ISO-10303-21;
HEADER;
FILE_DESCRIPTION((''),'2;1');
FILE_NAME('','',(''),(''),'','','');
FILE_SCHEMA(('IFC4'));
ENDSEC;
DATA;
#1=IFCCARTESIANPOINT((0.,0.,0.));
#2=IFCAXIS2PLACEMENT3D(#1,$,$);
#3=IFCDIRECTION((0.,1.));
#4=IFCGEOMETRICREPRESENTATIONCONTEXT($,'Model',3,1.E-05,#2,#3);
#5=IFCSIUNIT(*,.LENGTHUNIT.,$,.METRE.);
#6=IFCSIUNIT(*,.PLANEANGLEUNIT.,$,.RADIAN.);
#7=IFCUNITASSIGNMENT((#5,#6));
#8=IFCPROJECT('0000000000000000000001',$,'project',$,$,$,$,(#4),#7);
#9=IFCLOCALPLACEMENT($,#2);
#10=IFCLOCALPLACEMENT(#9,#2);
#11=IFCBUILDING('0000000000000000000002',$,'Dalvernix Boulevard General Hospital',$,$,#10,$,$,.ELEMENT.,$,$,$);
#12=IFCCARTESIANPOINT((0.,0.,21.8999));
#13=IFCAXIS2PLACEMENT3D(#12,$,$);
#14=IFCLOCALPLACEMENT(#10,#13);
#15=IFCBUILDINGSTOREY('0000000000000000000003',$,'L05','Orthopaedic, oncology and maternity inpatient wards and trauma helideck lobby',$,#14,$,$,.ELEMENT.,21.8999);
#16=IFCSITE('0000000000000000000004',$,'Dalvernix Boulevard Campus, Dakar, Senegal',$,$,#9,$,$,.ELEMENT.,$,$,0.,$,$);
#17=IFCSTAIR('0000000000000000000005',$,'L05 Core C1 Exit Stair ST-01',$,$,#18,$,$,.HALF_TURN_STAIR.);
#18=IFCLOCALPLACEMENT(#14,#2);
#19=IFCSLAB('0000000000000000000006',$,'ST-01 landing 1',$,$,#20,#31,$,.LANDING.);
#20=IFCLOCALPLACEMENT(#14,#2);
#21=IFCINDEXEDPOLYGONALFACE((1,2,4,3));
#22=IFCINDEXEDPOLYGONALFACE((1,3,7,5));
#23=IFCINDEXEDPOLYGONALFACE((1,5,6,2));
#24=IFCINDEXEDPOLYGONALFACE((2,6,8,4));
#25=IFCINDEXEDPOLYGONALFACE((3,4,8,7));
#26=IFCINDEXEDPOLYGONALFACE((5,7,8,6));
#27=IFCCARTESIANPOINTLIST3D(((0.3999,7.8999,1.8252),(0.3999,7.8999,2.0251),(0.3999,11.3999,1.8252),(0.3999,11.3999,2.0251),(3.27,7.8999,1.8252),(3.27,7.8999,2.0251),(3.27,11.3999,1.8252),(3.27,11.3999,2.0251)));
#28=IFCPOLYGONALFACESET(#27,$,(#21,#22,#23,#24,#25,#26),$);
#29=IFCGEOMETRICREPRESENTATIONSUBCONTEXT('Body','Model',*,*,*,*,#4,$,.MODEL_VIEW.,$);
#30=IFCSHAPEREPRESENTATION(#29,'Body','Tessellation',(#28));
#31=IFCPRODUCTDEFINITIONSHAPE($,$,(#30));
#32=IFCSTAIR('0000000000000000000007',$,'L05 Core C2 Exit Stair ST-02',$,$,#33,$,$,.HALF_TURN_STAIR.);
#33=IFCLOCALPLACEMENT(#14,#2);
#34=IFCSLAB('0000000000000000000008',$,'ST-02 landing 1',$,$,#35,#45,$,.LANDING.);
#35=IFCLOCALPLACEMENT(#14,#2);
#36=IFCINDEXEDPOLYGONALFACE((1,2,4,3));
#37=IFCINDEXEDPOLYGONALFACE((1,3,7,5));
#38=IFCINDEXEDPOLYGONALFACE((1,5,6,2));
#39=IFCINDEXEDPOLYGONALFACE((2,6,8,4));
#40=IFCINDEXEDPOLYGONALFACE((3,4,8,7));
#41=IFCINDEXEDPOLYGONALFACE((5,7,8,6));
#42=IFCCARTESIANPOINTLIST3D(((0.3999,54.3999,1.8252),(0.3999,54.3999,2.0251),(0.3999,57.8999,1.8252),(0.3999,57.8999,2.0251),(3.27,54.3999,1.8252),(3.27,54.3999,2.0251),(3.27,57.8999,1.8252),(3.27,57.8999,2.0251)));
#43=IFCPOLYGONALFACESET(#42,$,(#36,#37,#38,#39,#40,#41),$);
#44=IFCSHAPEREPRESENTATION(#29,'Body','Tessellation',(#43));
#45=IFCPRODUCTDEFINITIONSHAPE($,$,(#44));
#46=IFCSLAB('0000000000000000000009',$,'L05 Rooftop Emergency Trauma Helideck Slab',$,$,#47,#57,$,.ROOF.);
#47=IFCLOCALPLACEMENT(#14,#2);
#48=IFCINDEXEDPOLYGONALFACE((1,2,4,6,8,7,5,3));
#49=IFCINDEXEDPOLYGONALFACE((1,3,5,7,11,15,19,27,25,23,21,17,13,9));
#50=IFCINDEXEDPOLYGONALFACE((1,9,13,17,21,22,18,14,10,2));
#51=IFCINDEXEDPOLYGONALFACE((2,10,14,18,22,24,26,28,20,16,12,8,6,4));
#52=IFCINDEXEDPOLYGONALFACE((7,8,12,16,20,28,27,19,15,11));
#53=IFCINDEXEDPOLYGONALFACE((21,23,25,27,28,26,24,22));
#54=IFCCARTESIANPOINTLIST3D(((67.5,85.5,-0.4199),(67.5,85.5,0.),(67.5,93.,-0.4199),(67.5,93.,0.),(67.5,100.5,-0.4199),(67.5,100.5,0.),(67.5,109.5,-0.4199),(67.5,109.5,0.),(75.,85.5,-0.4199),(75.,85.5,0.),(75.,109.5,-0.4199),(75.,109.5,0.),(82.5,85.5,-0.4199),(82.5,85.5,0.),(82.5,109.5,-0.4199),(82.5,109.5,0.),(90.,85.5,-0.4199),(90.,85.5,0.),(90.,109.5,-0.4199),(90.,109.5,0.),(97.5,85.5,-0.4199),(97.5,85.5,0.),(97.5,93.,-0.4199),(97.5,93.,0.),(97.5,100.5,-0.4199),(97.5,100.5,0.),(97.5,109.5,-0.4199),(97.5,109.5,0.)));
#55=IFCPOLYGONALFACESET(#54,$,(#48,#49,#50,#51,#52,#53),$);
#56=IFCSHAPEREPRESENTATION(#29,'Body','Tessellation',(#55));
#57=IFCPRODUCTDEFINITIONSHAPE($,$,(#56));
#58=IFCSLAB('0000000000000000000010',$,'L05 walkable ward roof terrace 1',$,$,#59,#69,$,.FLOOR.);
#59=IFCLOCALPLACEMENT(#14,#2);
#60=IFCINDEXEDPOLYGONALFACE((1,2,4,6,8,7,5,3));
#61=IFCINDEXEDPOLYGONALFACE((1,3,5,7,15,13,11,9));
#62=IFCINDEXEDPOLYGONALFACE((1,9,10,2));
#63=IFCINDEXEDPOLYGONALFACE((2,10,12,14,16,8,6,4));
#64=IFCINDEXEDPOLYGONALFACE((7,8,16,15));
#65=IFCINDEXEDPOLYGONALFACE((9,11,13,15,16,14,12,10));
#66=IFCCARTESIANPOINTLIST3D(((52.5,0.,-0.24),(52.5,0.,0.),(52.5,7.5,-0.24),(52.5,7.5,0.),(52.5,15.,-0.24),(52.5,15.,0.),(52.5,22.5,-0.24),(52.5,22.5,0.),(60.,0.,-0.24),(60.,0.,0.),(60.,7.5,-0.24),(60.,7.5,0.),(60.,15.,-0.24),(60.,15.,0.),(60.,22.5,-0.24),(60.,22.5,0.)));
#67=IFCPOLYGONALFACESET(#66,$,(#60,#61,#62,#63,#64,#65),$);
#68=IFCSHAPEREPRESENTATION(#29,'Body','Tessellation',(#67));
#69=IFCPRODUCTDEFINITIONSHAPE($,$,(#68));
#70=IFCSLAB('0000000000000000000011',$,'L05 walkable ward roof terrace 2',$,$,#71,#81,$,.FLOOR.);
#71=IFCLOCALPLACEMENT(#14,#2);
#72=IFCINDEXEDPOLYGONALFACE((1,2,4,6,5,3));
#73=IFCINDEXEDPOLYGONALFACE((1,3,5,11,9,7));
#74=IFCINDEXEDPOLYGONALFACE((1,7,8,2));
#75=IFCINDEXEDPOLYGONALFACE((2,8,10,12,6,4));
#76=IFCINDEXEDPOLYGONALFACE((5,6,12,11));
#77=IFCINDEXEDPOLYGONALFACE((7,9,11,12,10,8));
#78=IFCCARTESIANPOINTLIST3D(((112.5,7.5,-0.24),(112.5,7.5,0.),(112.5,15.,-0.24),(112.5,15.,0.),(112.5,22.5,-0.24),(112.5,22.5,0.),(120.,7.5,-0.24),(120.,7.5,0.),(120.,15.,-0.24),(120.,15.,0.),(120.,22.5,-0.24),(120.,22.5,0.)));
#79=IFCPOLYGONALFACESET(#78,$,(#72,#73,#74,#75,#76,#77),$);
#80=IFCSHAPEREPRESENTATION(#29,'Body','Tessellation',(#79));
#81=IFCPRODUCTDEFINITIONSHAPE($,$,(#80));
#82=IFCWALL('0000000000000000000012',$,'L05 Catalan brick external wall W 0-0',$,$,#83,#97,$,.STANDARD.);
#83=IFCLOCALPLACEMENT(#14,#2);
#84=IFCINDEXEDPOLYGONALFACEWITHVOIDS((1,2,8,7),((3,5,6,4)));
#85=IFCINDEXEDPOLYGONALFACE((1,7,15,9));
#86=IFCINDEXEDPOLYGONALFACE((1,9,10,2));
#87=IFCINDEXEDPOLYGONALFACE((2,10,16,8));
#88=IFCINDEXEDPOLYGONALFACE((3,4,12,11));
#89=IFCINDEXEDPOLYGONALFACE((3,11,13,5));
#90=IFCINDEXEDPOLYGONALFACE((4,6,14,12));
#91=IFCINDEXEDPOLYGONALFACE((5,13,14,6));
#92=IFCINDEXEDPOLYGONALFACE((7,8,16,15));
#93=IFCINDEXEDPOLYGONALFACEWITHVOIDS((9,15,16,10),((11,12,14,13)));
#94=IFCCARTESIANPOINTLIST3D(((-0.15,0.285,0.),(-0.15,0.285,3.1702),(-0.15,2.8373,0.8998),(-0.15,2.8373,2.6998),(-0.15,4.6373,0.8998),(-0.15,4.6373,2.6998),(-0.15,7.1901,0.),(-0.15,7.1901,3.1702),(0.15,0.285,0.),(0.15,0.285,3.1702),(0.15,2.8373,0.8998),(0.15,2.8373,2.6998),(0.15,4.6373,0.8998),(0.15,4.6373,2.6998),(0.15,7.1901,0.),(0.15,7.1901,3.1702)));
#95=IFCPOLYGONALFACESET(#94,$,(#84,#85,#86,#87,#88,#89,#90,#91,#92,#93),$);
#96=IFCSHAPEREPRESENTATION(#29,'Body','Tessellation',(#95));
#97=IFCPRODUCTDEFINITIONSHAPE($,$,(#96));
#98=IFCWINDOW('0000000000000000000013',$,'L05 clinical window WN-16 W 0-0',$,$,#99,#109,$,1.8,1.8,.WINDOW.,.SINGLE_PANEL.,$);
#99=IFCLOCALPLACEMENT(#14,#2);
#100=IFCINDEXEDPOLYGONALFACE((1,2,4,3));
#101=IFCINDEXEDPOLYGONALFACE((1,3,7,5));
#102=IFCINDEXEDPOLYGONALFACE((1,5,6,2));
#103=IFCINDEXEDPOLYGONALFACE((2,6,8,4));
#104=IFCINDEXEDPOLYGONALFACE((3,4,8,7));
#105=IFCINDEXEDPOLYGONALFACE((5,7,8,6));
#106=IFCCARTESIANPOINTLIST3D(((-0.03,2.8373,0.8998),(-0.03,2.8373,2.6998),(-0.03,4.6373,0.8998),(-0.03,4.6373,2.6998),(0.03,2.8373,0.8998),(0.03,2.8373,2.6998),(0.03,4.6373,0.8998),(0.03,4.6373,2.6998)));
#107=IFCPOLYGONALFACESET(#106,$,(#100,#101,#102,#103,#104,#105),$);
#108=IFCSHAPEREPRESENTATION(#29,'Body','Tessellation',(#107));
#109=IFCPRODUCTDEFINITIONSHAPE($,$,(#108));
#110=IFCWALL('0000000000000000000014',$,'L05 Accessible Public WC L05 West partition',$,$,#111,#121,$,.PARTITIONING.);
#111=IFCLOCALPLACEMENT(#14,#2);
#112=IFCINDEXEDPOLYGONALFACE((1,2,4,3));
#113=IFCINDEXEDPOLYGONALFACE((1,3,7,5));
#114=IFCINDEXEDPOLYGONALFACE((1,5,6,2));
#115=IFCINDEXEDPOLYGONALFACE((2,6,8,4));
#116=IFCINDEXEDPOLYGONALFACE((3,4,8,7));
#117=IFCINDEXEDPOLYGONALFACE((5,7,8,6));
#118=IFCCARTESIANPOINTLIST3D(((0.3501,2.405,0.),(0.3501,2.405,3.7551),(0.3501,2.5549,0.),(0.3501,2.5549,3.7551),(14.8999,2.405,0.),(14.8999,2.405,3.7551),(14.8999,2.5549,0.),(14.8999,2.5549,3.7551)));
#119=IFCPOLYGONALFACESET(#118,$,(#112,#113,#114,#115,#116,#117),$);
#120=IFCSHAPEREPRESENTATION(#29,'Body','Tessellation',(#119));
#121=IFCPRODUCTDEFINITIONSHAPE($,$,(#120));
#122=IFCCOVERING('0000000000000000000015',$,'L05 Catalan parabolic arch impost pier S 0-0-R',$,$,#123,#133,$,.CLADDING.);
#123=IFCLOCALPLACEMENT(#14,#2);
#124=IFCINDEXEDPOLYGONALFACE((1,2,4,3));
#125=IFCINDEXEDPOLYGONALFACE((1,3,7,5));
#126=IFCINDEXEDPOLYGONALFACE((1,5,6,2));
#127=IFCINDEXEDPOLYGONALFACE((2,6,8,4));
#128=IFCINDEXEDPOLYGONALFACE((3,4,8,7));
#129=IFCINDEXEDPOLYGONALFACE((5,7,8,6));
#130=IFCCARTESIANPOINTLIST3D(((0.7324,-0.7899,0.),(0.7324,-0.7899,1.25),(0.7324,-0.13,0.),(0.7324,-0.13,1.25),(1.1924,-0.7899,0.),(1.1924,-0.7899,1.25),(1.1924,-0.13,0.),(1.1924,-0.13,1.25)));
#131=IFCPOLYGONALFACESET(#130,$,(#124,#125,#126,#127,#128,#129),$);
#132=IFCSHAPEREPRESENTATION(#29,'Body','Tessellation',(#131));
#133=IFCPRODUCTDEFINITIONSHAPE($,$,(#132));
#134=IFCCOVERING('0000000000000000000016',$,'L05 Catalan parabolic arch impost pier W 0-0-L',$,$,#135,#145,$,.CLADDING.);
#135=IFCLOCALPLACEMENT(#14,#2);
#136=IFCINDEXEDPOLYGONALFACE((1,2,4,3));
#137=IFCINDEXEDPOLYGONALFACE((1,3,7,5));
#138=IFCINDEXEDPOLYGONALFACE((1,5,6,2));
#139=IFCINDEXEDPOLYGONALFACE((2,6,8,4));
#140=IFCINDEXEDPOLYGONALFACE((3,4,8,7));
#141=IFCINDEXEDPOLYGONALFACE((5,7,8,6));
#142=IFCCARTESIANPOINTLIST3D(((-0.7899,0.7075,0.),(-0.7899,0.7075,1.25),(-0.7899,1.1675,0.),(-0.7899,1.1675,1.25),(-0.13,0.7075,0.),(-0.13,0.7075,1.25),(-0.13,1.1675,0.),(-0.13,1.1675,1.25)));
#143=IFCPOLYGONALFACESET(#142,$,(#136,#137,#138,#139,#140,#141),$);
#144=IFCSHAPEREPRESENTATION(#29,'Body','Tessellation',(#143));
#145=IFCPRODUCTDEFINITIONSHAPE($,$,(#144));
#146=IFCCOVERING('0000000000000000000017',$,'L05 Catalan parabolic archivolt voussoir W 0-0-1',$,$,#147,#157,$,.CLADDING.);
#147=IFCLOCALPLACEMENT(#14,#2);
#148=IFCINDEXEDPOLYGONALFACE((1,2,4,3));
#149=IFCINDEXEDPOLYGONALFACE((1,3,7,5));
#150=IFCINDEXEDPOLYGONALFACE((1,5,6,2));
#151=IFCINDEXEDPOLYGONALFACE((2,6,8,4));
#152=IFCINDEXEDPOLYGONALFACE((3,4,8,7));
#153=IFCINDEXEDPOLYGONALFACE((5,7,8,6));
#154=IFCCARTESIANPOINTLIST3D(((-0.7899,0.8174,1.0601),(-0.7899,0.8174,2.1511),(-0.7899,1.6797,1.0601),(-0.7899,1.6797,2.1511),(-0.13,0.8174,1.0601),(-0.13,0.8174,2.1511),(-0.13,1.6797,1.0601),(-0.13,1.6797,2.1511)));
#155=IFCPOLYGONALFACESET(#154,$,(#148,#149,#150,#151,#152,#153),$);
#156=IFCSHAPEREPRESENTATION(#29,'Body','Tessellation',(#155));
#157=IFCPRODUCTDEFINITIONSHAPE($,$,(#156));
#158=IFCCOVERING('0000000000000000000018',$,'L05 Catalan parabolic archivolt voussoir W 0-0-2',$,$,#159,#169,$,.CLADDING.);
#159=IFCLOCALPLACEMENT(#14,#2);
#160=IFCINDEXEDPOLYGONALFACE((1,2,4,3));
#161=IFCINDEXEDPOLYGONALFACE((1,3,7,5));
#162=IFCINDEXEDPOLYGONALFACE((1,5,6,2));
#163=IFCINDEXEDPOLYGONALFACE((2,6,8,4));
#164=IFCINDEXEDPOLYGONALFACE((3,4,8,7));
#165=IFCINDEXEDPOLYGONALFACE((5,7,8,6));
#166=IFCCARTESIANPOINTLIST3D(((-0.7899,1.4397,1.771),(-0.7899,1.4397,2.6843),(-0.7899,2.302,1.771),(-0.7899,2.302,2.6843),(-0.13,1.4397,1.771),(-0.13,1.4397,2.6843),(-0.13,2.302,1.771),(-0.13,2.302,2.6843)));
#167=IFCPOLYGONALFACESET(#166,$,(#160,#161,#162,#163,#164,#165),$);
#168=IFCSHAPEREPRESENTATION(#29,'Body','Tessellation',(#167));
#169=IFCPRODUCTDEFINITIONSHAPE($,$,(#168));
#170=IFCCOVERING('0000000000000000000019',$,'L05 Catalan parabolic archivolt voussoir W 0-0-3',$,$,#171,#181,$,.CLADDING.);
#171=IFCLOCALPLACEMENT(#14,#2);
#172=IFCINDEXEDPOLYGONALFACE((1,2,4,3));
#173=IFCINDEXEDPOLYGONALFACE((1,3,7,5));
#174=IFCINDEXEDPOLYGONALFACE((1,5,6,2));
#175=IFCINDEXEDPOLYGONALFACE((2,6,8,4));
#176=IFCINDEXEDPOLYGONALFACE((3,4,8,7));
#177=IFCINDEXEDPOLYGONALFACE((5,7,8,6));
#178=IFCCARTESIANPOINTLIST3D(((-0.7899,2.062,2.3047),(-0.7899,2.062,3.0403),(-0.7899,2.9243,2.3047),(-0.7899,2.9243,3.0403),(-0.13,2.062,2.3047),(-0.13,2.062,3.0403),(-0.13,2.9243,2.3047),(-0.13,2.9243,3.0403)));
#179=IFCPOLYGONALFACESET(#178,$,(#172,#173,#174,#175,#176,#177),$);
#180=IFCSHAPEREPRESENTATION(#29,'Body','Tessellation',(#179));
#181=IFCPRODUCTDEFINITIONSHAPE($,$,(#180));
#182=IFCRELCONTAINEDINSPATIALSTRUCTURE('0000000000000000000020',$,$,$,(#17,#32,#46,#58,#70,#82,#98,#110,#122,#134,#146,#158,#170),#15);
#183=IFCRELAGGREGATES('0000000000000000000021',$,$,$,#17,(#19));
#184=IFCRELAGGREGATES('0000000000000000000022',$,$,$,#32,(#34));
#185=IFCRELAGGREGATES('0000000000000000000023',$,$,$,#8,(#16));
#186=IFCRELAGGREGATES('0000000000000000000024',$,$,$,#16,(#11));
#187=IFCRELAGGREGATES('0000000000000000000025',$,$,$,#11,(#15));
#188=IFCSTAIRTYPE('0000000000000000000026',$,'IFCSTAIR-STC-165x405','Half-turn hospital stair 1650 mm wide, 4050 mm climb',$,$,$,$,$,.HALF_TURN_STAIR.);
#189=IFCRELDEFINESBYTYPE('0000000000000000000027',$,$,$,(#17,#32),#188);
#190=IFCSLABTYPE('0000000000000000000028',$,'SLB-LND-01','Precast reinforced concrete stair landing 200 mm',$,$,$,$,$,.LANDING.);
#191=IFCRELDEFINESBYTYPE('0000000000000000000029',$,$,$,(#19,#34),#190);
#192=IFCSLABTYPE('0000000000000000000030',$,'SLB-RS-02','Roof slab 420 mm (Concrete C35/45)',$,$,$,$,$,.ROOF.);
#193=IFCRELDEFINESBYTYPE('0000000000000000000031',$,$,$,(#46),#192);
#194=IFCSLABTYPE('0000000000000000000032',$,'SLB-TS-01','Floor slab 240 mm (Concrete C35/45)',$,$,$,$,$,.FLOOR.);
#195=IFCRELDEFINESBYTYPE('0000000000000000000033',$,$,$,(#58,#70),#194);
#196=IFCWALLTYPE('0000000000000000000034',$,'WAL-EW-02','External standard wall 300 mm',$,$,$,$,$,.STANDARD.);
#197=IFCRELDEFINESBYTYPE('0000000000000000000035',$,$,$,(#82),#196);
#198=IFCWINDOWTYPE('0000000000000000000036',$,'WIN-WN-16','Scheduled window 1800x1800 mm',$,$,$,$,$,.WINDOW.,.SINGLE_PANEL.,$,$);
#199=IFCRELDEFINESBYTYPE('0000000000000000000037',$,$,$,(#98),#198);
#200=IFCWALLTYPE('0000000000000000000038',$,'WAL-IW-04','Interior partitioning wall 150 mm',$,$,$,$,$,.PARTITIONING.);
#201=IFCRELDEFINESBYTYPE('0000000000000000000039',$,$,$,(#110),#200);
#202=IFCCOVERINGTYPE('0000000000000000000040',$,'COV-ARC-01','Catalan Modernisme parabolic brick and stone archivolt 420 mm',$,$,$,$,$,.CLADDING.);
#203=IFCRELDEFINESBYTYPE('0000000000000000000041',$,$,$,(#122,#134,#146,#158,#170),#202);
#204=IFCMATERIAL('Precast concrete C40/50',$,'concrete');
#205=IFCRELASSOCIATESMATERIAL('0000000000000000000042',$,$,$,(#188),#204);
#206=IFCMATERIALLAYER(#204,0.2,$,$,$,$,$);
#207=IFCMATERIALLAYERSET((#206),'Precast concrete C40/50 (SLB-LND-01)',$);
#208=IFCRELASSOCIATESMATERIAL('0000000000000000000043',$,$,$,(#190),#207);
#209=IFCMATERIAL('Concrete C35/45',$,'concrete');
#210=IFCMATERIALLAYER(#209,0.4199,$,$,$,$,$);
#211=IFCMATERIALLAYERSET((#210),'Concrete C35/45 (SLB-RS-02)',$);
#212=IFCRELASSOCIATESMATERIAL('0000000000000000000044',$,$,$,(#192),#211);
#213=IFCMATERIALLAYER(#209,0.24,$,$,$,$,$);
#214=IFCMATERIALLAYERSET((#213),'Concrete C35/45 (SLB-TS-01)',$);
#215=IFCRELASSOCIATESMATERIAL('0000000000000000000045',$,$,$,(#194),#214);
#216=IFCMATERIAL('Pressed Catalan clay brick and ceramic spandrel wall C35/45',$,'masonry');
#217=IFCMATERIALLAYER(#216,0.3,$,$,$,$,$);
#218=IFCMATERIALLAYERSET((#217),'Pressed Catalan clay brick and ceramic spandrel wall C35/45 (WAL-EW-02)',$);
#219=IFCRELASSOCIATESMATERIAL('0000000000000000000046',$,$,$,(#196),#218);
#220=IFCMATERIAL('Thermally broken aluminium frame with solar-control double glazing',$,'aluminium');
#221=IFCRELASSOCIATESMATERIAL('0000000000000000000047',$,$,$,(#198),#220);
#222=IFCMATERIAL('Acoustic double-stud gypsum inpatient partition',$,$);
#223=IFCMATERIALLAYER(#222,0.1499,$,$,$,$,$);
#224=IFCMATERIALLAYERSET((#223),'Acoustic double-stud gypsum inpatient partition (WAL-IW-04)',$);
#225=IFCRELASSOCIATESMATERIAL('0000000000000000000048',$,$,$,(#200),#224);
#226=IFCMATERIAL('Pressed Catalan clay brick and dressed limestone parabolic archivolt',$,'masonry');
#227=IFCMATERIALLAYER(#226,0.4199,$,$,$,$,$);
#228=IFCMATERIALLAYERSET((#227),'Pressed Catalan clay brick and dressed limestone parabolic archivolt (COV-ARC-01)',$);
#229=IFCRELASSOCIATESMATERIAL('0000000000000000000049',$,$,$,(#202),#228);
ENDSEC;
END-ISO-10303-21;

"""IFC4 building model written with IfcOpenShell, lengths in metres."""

from ifc_helpers import new_model, si_unit, direction, frame, frame_2d, origin, origin_2d, place, context, subcontext, project, spatial, polyline, rectangle, outline, extrude, material, layer, layer_set, type_object, element, fill, aggregate, save


model = new_model("IFC4")

# Units and contexts
model_context = context("Model", 3, precision=1e-05, world=origin(), true_north=direction((0.0, 1.0)))
body_context = subcontext(model_context, "Body", "Model", "MODEL_VIEW")
ifc_project = project(units=[si_unit("LENGTHUNIT", "METRE"), si_unit("PLANEANGLEUNIT", "RADIAN")], contexts=[model_context])

# Site, building, storey
site_placement = place(None, origin())
site = spatial("IfcSite", under=ifc_project, at=site_placement, Name="Dalvernix Boulevard Campus, Dakar, Senegal", CompositionType="ELEMENT", RefElevation=0.0)
building_placement = place(site_placement, origin())
building = spatial("IfcBuilding", under=site, at=building_placement, Name="Dalvernix Boulevard General Hospital", CompositionType="ELEMENT")
storey_placement = place(building_placement, frame((0.0, 0.0, 21.8999)))
storey = spatial("IfcBuildingStorey", under=building, at=storey_placement, Name="L05", Description="Orthopaedic, oncology and maternity inpatient wards and trauma helideck lobby", CompositionType="ELEMENT", Elevation=21.8999)

# Shared definitions
ifc_material_1 = material(Name="Concrete C35/45", Category="concrete")

# Stairs, slabs
ifc_material_2 = material(Name="Precast concrete C40/50", Category="concrete")
stair_type = type_object("IfcStairType", Name="IFCSTAIR-STC-165x405", Description="Half-turn hospital stair 1650 mm wide, 4050 mm climb", PredefinedType="HALF_TURN_STAIR", material=ifc_material_2)
stair_1_placement = place(storey_placement, origin())
stair_1 = element("IfcStair", 1, at=stair_1_placement, inside=storey, type_object=stair_type, Name="L05 Core C1 Exit Stair ST-01", PredefinedType="HALF_TURN_STAIR")
ifc_layer_1 = layer(ifc_material_2, 0.2)
ifc_layer_set_1 = layer_set([ifc_layer_1], Name="Precast concrete C40/50 (SLB-LND-01)")
slab_type_1 = type_object("IfcSlabType", Name="SLB-LND-01", Description="Precast reinforced concrete stair landing 200 mm", PredefinedType="LANDING", material=ifc_layer_set_1)
slab_1_placement = place(storey_placement, frame((0.0, 0.0, 1.8252)))
slab_1 = element("IfcSlab", 2, at=slab_1_placement, type_object=slab_type_1, Name="ST-01 landing 1", PredefinedType="LANDING", context=body_context, shape_type="SweptSolid", body=[
    extrude(outline(polyline([(3.27, 11.3999), (0.3999, 11.3999), (0.3999, 7.8999), (3.27, 7.8999), (3.27, 11.3999)])), origin(), (0.0, 0.0, 1.0), 0.2),
])
aggregate(stair_1, [slab_1])
stair_2_placement = place(storey_placement, origin())
stair_2 = element("IfcStair", 3, at=stair_2_placement, inside=storey, type_object=stair_type, Name="L05 Core C2 Exit Stair ST-02", PredefinedType="HALF_TURN_STAIR")
slab_2_placement = place(storey_placement, frame((0.0, 0.0, 1.8252)))
slab_2 = element("IfcSlab", 4, at=slab_2_placement, type_object=slab_type_1, Name="ST-02 landing 1", PredefinedType="LANDING", context=body_context, shape_type="SweptSolid", body=[
    extrude(outline(polyline([(3.27, 57.8999), (0.3999, 57.8999), (0.3999, 54.3999), (3.27, 54.3999), (3.27, 57.8999)])), origin(), (0.0, 0.0, 1.0), 0.2),
])
aggregate(stair_2, [slab_2])

# Slabs
ifc_layer_2 = layer(ifc_material_1, 0.4199)
ifc_layer_set_2 = layer_set([ifc_layer_2], Name="Concrete C35/45 (SLB-RS-02)")
slab_type_2 = type_object("IfcSlabType", Name="SLB-RS-02", Description="Roof slab 420 mm (Concrete C35/45)", PredefinedType="ROOF", material=ifc_layer_set_2)
slab_3_placement = place(storey_placement, frame((0.0, 0.0, -0.4199)))
element("IfcSlab", 5, at=slab_3_placement, inside=storey, type_object=slab_type_2, Name="L05 Rooftop Emergency Trauma Helideck Slab", PredefinedType="ROOF", context=body_context, shape_type="SweptSolid", body=[
    extrude(outline(polyline([(67.5, 100.5), (67.5, 109.5), (75.0, 109.5), (82.5, 109.5), (90.0, 109.5), (97.5, 109.5), (97.5, 100.5), (97.5, 93.0), (97.5, 85.5), (90.0, 85.5), (82.5, 85.5), (75.0, 85.5), (67.5, 85.5), (67.5, 93.0), (67.5, 100.5)])), origin(), (0.0, 0.0, 1.0), 0.4199),
])
ifc_layer_3 = layer(ifc_material_1, 0.24)
ifc_layer_set_3 = layer_set([ifc_layer_3], Name="Concrete C35/45 (SLB-TS-01)")
slab_type_3 = type_object("IfcSlabType", Name="SLB-TS-01", Description="Floor slab 240 mm (Concrete C35/45)", PredefinedType="FLOOR", material=ifc_layer_set_3)
slab_4_placement = place(storey_placement, frame((0.0, 0.0, -0.24)))
element("IfcSlab", 6, at=slab_4_placement, inside=storey, type_object=slab_type_3, Name="L05 walkable ward roof terrace 1", PredefinedType="FLOOR", context=body_context, shape_type="SweptSolid", body=[
    extrude(outline(polyline([(52.5, 0.0), (52.5, 7.5), (52.5, 15.0), (52.5, 22.5), (60.0, 22.5), (60.0, 15.0), (60.0, 7.5), (60.0, 0.0), (52.5, 0.0)])), origin(), (0.0, 0.0, 1.0), 0.24),
])
slab_5_placement = place(storey_placement, frame((0.0, 0.0, -0.24)))
element("IfcSlab", 7, at=slab_5_placement, inside=storey, type_object=slab_type_3, Name="L05 walkable ward roof terrace 2", PredefinedType="FLOOR", context=body_context, shape_type="SweptSolid", body=[
    extrude(outline(polyline([(112.5, 7.5), (112.5, 15.0), (112.5, 22.5), (120.0, 22.5), (120.0, 15.0), (120.0, 7.5), (112.5, 7.5)])), origin(), (0.0, 0.0, 1.0), 0.24),
])

# Wall, opening, window
ifc_material_3 = material(Name="Pressed Catalan clay brick and ceramic spandrel wall C35/45", Category="masonry")
ifc_layer_4 = layer(ifc_material_3, 0.3)
ifc_layer_set_4 = layer_set([ifc_layer_4], Name="Pressed Catalan clay brick and ceramic spandrel wall C35/45 (WAL-EW-02)")
wall_type_1 = type_object("IfcWallType", Name="WAL-EW-02", Description="External standard wall 300 mm", PredefinedType="STANDARD", material=ifc_layer_set_4)
wall_1_placement = place(storey_placement, frame((0.0, 0.2849, 0.0), z_axis=(0.0, 0.0, 1.0), x_axis=(0.0, 1.0, 0.0)))
wall_1 = element("IfcWall", 8, at=wall_1_placement, inside=storey, type_object=wall_type_1, Name="L05 Catalan brick external wall W 0-0", PredefinedType="STANDARD", context=body_context, shape_type="SweptSolid", body=[
    extrude(rectangle(XDim=6.905, YDim=0.3, at=frame_2d((3.4526, 0.0))), origin(), (0.0, 0.0, 1.0), 3.1702),
])
opening_placement = place(wall_1_placement, frame((2.5525, 0.0, 0.8999)))
opening = element("IfcOpeningElement", 9, at=opening_placement, cuts=wall_1, PredefinedType="OPENING", context=body_context, shape_type="SweptSolid", body=[
    extrude(rectangle(XDim=1.8, YDim=1.8, at=frame_2d((0.8999, 0.8999))), frame((0.0, 0.1599, 0.0), z_axis=(0.0, -1.0, 0.0), x_axis=(1.0, 0.0, 0.0)), (0.0, 0.0, 1.0), 0.3201),
])
ifc_material_4 = material(Name="Thermally broken aluminium frame with solar-control double glazing", Category="aluminium")
window_type = type_object("IfcWindowType", Name="WIN-WN-16", Description="Scheduled window 1800x1800 mm", PartitioningType="SINGLE_PANEL", PredefinedType="WINDOW", material=ifc_material_4)
window_placement = place(opening_placement, origin())
window = element("IfcWindow", 10, at=window_placement, inside=storey, type_object=window_type, Name="L05 clinical window WN-16 W 0-0", OverallHeight=1.8, OverallWidth=1.8, PartitioningType="SINGLE_PANEL", PredefinedType="WINDOW", context=body_context, shape_type="SweptSolid", body=[
    extrude(rectangle(XDim=1.8, YDim=1.8, at=frame_2d((0.8999, 0.8999))), frame((0.0, 0.03, 0.0), z_axis=(0.0, -1.0, 0.0), x_axis=(1.0, 0.0, 0.0)), (0.0, 0.0, 1.0), 0.0601),
])
fill(opening, window)

# Wall
ifc_material_5 = material(Name="Acoustic double-stud gypsum inpatient partition")
ifc_layer_5 = layer(ifc_material_5, 0.1499)
ifc_layer_set_5 = layer_set([ifc_layer_5], Name="Acoustic double-stud gypsum inpatient partition (WAL-IW-04)")
wall_type_2 = type_object("IfcWallType", Name="WAL-IW-04", Description="Interior partitioning wall 150 mm", PredefinedType="PARTITIONING", material=ifc_layer_set_5)
wall_2_placement = place(storey_placement, frame((0.3501, 2.48, 0.0), z_axis=(0.0, 0.0, 1.0), x_axis=(1.0, 0.0, 0.0)))
element("IfcWall", 11, at=wall_2_placement, inside=storey, type_object=wall_type_2, Name="L05 Accessible Public WC L05 West partition", PredefinedType="PARTITIONING", context=body_context, shape_type="SweptSolid", body=[
    extrude(rectangle(XDim=14.5498, YDim=0.1499, at=frame_2d((7.2749, 0.0))), origin(), (0.0, 0.0, 1.0), 3.7551),
])

# Coverings
ifc_material_6 = material(Name="Pressed Catalan clay brick and dressed limestone parabolic archivolt", Category="masonry")
ifc_layer_6 = layer(ifc_material_6, 0.4199)
ifc_layer_set_6 = layer_set([ifc_layer_6], Name="Pressed Catalan clay brick and dressed limestone parabolic archivolt (COV-ARC-01)")
covering_type = type_object("IfcCoveringType", Name="COV-ARC-01", Description="Catalan Modernisme parabolic brick and stone archivolt 420 mm", PredefinedType="CLADDING", material=ifc_layer_set_6)
for number, where, z_axis, x_axis, name in (
    (12, (0.9624, -0.46, 0.0), (0.0, 0.0, 1.0), (-1.0, 0.0, 0.0), "L05 Catalan parabolic arch impost pier S 0-0-R"),
    (13, (-0.46, 0.9375, 0.0), (0.0, 0.0, 1.0), (0.0, 1.0, 0.0), "L05 Catalan parabolic arch impost pier W 0-0-L"),
):
    element("IfcCovering", number, at=place(storey_placement, frame(where, z_axis=z_axis, x_axis=x_axis)), inside=storey, type_object=covering_type, Name=name, PredefinedType="CLADDING", context=body_context, shape_type="SweptSolid", body=[
        extrude(rectangle(XDim=0.46, YDim=0.6599, at=origin_2d()), origin(), (0.0, 0.0, 1.0), 1.25),
    ])
covering_1_placement = place(storey_placement, frame((-0.46, 1.2485, 1.0601), z_axis=(0.0, 0.0, 1.0), x_axis=(0.0, 1.0, 0.0)))
element("IfcCovering", 14, at=covering_1_placement, inside=storey, type_object=covering_type, Name="L05 Catalan parabolic archivolt voussoir W 0-0-1", PredefinedType="CLADDING", context=body_context, shape_type="SweptSolid", body=[
    extrude(rectangle(XDim=0.8623, YDim=0.6599, at=origin_2d()), origin(), (0.0, 0.0, 1.0), 1.0911),
])
covering_2_placement = place(storey_placement, frame((-0.46, 1.8708, 1.771), z_axis=(0.0, 0.0, 1.0), x_axis=(0.0, 1.0, 0.0)))
element("IfcCovering", 15, at=covering_2_placement, inside=storey, type_object=covering_type, Name="L05 Catalan parabolic archivolt voussoir W 0-0-2", PredefinedType="CLADDING", context=body_context, shape_type="SweptSolid", body=[
    extrude(rectangle(XDim=0.8623, YDim=0.6599, at=origin_2d()), origin(), (0.0, 0.0, 1.0), 0.9133),
])
covering_3_placement = place(storey_placement, frame((-0.46, 2.4932, 2.3047), z_axis=(0.0, 0.0, 1.0), x_axis=(0.0, 1.0, 0.0)))
element("IfcCovering", 16, at=covering_3_placement, inside=storey, type_object=covering_type, Name="L05 Catalan parabolic archivolt voussoir W 0-0-3", PredefinedType="CLADDING", context=body_context, shape_type="SweptSolid", body=[
    extrude(rectangle(XDim=0.8623, YDim=0.6599, at=origin_2d()), origin(), (0.0, 0.0, 1.0), 0.7356),
])

save(model, "model.ifc")
